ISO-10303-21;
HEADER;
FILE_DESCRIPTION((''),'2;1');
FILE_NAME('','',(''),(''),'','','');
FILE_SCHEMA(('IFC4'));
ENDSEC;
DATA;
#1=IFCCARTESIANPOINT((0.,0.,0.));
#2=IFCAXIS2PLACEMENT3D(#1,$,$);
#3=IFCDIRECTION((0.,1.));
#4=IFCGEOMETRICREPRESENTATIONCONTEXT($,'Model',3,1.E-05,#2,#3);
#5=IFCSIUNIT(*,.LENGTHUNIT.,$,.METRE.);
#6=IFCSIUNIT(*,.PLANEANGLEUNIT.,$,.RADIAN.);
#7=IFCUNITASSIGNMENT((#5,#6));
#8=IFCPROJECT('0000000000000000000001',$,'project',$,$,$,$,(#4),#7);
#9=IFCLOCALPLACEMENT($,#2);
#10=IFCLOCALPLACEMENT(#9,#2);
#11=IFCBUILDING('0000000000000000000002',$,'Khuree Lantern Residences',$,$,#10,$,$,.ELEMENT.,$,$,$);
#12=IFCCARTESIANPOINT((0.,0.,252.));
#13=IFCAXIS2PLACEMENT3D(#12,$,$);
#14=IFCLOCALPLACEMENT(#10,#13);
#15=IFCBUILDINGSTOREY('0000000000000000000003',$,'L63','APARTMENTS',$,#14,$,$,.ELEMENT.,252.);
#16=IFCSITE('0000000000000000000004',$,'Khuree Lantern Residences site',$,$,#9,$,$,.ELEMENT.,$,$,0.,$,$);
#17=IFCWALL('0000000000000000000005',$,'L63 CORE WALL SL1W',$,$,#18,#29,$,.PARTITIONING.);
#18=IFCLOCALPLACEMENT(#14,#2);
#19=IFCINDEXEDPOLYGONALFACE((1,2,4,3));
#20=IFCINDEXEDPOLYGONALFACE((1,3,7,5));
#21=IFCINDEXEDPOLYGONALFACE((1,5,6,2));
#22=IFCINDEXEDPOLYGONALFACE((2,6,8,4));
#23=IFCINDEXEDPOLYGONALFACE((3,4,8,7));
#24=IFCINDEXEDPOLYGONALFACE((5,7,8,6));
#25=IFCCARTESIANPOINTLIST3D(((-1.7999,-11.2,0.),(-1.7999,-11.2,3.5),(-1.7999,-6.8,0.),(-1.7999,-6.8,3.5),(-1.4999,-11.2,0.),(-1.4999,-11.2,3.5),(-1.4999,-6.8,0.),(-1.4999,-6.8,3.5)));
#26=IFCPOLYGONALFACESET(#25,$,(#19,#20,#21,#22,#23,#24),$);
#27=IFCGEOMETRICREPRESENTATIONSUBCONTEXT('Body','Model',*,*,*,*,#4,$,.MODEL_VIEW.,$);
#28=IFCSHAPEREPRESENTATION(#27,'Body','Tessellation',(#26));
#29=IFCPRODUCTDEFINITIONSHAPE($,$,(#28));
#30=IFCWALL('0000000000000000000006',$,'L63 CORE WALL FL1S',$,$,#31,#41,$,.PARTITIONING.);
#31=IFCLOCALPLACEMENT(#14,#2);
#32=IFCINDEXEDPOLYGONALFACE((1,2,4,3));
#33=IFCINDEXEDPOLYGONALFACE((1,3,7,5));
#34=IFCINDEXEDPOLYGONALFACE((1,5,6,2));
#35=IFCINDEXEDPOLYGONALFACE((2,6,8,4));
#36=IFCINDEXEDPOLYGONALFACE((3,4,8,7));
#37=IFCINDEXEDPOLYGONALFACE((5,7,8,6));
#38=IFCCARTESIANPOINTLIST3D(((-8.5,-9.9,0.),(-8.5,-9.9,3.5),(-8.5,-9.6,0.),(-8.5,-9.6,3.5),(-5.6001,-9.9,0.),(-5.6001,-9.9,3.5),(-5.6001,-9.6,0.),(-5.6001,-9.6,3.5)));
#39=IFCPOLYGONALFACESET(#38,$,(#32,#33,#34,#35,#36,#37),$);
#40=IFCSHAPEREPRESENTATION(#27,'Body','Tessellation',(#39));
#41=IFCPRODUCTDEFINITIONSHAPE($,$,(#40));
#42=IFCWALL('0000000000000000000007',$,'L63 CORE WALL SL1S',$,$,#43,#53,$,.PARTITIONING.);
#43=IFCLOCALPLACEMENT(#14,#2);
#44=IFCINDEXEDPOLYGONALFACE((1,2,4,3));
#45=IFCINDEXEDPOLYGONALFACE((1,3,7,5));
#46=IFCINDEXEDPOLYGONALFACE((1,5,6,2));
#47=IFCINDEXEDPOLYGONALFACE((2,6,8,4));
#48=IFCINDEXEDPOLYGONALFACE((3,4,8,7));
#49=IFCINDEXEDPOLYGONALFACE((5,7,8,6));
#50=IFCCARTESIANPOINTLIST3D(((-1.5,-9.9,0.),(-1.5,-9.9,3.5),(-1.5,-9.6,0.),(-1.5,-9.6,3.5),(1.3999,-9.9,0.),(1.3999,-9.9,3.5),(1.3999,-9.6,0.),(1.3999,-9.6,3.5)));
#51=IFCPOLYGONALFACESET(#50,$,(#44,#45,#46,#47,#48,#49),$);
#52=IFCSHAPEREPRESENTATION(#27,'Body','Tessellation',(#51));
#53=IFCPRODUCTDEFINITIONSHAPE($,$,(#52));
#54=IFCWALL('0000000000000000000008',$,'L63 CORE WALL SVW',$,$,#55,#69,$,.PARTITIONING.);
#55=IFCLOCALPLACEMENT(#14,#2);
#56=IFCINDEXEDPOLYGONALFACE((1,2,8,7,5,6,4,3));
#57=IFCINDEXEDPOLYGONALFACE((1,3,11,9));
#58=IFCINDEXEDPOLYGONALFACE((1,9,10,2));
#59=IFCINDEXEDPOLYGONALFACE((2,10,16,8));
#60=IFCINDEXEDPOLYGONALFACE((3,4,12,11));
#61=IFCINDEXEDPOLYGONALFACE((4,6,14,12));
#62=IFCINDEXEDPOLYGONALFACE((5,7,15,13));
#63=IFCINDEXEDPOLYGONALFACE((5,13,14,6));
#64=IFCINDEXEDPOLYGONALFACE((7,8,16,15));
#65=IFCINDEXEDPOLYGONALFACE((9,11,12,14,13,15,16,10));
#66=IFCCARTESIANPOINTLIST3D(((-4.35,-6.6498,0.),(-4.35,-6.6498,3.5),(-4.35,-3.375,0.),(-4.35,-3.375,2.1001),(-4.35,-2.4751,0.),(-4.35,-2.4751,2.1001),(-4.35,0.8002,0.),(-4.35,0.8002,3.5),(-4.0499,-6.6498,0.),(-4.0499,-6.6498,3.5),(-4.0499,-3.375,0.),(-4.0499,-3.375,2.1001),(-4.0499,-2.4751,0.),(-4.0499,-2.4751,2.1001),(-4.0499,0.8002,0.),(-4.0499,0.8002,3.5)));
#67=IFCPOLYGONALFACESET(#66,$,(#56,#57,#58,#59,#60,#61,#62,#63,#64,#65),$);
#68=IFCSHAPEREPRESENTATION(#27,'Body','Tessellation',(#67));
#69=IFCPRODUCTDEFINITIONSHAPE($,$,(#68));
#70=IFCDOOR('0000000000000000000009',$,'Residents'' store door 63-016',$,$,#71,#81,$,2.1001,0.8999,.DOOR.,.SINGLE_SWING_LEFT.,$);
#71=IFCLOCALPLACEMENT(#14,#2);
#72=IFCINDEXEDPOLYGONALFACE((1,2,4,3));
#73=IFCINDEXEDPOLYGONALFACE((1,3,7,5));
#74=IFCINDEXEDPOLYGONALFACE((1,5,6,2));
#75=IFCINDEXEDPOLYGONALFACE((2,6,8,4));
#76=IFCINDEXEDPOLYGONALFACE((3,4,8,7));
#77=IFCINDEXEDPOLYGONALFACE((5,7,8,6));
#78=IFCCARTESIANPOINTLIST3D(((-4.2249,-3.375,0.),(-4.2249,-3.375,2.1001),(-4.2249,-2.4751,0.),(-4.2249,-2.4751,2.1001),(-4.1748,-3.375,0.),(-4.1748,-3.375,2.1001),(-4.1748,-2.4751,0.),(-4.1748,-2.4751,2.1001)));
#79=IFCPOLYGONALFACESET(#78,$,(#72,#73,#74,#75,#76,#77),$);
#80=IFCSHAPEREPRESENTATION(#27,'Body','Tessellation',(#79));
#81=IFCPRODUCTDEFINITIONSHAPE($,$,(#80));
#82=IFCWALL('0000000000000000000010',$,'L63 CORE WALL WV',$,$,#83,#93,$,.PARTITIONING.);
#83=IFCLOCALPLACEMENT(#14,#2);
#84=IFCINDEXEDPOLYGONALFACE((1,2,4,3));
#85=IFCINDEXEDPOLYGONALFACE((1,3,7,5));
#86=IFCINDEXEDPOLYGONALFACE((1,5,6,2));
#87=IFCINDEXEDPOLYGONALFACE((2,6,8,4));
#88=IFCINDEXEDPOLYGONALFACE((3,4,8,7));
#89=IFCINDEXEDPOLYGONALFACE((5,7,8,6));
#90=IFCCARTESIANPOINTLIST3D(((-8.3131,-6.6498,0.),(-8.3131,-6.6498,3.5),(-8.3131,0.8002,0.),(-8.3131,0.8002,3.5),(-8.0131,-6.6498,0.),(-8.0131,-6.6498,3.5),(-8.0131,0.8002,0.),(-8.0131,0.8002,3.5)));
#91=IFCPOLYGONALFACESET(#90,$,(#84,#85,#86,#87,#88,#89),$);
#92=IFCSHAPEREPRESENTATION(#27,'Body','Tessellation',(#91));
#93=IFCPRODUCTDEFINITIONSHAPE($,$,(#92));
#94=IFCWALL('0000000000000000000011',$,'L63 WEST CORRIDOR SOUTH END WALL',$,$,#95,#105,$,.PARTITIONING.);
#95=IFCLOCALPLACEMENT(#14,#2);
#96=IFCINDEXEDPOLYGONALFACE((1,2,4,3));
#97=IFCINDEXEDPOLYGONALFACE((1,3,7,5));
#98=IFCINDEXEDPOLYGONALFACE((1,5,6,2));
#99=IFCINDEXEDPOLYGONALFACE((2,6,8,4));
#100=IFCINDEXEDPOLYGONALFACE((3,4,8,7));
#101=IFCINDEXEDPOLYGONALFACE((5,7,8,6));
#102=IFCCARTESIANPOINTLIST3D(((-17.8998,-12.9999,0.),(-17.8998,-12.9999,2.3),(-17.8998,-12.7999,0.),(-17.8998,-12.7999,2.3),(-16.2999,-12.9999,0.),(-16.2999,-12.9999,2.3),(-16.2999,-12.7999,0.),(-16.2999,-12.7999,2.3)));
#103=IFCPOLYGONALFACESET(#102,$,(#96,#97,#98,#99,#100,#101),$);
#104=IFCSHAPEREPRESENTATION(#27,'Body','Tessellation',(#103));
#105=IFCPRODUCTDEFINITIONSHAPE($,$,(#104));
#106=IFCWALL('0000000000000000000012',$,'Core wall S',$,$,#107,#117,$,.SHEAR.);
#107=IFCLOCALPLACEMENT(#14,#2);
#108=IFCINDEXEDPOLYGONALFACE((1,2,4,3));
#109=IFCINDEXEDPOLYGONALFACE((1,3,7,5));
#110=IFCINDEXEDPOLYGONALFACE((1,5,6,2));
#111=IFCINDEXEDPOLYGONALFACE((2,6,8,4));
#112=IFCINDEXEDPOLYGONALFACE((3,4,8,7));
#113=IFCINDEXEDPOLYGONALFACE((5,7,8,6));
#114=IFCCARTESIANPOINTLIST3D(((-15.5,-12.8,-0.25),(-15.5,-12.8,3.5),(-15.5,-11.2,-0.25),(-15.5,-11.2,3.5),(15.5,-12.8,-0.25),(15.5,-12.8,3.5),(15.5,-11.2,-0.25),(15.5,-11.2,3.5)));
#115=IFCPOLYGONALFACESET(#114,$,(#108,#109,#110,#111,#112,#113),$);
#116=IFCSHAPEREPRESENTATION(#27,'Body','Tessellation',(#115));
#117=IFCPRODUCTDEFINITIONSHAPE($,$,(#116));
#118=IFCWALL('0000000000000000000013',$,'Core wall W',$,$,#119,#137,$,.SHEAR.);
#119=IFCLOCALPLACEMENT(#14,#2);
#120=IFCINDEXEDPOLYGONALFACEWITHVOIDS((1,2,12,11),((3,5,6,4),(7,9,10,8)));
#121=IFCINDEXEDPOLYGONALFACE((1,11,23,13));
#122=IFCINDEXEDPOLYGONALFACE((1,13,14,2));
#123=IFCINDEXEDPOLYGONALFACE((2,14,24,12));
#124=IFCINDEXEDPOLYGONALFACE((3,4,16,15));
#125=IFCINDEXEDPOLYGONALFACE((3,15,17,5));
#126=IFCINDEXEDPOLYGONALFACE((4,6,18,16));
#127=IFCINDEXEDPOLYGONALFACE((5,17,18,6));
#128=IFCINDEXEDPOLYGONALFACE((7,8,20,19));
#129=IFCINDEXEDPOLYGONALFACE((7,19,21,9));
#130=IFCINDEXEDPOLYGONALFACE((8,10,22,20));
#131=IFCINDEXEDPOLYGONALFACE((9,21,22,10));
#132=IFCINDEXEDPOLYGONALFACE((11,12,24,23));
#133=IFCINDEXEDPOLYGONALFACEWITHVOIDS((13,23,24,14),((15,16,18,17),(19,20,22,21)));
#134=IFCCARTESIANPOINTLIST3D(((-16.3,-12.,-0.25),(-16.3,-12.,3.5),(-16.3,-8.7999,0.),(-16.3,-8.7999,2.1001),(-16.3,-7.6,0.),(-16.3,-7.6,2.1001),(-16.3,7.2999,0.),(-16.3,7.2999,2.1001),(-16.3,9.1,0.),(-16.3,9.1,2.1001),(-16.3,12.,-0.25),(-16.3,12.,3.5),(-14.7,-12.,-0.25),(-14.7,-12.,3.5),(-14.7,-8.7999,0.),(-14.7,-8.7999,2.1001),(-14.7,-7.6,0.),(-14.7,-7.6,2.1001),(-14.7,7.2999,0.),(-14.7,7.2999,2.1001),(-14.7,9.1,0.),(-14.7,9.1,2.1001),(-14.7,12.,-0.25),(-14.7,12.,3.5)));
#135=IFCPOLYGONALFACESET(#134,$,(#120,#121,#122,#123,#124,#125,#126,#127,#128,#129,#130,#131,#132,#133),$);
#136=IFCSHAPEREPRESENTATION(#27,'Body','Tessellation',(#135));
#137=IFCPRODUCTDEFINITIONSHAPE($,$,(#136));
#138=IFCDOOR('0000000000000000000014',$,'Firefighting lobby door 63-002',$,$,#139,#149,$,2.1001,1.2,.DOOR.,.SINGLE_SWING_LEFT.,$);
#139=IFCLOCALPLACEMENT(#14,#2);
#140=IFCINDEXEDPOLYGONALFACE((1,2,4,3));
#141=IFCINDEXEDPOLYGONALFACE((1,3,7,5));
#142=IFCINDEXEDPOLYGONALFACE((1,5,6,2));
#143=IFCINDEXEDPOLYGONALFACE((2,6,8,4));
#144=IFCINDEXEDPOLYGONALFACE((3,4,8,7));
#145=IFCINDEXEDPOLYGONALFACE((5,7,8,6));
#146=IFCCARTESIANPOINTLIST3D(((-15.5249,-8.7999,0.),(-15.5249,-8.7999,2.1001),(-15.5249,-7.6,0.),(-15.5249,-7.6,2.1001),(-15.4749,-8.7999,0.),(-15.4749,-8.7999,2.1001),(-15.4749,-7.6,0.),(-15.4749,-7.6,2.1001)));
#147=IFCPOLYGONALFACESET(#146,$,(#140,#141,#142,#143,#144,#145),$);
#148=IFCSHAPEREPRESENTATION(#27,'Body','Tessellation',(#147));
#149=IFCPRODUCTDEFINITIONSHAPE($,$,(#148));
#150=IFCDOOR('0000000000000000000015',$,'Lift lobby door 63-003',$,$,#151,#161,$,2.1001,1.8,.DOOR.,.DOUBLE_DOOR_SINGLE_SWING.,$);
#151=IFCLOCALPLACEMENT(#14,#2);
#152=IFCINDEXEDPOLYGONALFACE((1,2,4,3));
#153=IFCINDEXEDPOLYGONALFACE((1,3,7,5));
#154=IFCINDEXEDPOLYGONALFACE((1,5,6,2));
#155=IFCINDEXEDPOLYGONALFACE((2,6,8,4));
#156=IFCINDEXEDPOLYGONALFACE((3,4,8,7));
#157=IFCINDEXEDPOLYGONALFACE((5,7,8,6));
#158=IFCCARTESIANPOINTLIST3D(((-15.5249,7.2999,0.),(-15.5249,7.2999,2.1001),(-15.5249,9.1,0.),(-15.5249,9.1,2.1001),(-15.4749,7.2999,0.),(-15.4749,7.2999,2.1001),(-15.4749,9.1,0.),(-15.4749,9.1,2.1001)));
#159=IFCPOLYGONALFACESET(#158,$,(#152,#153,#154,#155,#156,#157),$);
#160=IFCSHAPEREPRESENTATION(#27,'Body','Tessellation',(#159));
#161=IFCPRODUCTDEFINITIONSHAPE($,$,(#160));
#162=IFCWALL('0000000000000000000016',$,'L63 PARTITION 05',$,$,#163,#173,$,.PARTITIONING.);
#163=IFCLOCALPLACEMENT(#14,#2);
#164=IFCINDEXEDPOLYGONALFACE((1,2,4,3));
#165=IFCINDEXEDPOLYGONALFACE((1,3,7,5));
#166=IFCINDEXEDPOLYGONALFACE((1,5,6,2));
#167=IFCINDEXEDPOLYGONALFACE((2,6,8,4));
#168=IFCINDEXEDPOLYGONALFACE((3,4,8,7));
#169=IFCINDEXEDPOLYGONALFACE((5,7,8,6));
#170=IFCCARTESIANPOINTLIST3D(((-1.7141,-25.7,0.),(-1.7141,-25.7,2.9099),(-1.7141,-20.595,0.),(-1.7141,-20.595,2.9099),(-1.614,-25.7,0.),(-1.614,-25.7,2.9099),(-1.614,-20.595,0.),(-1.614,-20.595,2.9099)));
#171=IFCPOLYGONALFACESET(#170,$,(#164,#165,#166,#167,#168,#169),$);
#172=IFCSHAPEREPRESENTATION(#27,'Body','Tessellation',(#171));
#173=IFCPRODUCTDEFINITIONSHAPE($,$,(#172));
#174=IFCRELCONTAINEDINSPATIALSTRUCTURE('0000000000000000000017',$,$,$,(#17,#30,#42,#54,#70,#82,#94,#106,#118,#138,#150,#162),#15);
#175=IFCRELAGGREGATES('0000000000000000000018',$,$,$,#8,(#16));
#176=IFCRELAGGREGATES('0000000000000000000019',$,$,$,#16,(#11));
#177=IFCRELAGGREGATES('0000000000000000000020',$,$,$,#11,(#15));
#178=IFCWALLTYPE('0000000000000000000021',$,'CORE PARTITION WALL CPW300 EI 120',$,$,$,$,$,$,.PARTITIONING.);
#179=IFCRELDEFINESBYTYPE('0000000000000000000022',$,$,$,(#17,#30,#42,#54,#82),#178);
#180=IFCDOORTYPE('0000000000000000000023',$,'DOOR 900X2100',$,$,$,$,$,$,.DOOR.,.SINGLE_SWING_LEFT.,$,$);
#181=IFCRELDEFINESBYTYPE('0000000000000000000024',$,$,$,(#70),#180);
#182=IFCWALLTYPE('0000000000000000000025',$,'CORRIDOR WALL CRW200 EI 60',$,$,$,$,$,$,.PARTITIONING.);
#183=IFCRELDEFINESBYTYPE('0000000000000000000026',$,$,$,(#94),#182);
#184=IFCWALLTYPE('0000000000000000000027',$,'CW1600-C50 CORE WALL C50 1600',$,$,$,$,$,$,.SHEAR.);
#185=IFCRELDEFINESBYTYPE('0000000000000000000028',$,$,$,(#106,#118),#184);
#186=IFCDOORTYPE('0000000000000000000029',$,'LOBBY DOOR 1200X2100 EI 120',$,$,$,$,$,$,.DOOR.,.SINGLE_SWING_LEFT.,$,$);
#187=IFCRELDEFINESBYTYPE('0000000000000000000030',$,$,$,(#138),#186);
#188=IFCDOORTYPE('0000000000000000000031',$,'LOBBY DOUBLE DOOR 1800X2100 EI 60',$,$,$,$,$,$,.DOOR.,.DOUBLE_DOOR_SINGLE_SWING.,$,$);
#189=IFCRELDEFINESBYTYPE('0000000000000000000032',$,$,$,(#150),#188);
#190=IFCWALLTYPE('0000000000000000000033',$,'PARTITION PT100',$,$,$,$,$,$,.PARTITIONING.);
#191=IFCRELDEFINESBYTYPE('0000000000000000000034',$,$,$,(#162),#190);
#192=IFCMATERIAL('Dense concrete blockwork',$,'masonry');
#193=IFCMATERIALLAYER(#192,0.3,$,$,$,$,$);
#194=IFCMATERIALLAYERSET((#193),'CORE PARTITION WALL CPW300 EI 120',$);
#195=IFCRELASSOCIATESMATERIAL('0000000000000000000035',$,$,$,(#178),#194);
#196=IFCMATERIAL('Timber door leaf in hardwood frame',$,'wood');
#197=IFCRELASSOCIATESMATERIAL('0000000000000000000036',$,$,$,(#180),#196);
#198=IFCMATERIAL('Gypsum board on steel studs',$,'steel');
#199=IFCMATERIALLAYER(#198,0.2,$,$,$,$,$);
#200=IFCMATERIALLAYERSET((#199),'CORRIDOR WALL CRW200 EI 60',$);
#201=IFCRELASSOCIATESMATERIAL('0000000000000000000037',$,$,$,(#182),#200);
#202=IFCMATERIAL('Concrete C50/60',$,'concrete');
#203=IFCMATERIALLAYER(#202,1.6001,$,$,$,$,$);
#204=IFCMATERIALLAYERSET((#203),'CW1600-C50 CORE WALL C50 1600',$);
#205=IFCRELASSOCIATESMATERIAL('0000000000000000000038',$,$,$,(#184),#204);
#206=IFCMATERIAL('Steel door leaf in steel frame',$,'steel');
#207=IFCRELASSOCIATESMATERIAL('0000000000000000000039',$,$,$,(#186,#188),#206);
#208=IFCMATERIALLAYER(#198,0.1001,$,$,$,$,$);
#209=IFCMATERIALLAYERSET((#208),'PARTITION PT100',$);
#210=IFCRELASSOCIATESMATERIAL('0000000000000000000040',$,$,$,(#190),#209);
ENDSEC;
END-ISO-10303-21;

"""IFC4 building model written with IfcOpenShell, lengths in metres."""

from ifc_helpers import new_model, si_unit, direction, frame, frame_2d, origin, place, context, subcontext, project, spatial, rectangle, extrude, material, layer, layer_set, type_object, element, fill, save


model = new_model("IFC4")

# Units and contexts
model_context = context("Model", 3, precision=1e-05, world=origin(), true_north=direction((0.0, 1.0)))
body_context = subcontext(model_context, "Body", "Model", "MODEL_VIEW")
ifc_project = project(units=[si_unit("LENGTHUNIT", "METRE"), si_unit("PLANEANGLEUNIT", "RADIAN")], contexts=[model_context])

# Site, building, storey
site_placement = place(None, origin())
site = spatial("IfcSite", under=ifc_project, at=site_placement, Name="Khuree Lantern Residences site", CompositionType="ELEMENT", RefElevation=0.0)
building_placement = place(site_placement, origin())
building = spatial("IfcBuilding", under=site, at=building_placement, Name="Khuree Lantern Residences", CompositionType="ELEMENT")
storey_placement = place(building_placement, frame((0.0, 0.0, 252.0)))
storey = spatial("IfcBuildingStorey", under=building, at=storey_placement, Name="L63", Description="APARTMENTS", CompositionType="ELEMENT", Elevation=252.0)

# Shared definitions
ifc_material_1 = material(Name="Concrete C50/60", Category="concrete")

# Shared definitions
ifc_material_2 = material(Name="Dense concrete blockwork", Category="masonry")
ifc_layer_1 = layer(ifc_material_2, 0.3)
ifc_layer_set_1 = layer_set([ifc_layer_1], Name="CORE PARTITION WALL CPW300 EI 120")
wall_type_1 = type_object("IfcWallType", Name="CORE PARTITION WALL CPW300 EI 120", PredefinedType="PARTITIONING", material=ifc_layer_set_1)

# Shared definitions
ifc_material_3 = material(Name="Steel door leaf in steel frame", Category="steel")

# Walls
for number, where, z_axis, x_axis, name in (
    (1, (-1.6499, -11.2, 0.0), (0.0, 0.0, 1.0), (0.0, 1.0, 0.0), "L63 CORE WALL SL1W"),
):
    element("IfcWall", number, at=place(storey_placement, frame(where, z_axis=z_axis, x_axis=x_axis)), inside=storey, type_object=wall_type_1, Name=name, PredefinedType="PARTITIONING", context=body_context, shape_type="SweptSolid", body=[
        extrude(rectangle(XDim=4.3999, YDim=0.3, at=frame_2d((2.2, 0.0))), origin(), (0.0, 0.0, 1.0), 3.5),
    ])
for number, where, z_axis, x_axis, name in (
    (2, (-8.5, -9.75, 0.0), (0.0, 0.0, 1.0), (1.0, 0.0, 0.0), "L63 CORE WALL FL1S"),
    (3, (-1.5, -9.75, 0.0), (0.0, 0.0, 1.0), (1.0, 0.0, 0.0), "L63 CORE WALL SL1S"),
):
    element("IfcWall", number, at=place(storey_placement, frame(where, z_axis=z_axis, x_axis=x_axis)), inside=storey, type_object=wall_type_1, Name=name, PredefinedType="PARTITIONING", context=body_context, shape_type="SweptSolid", body=[
        extrude(rectangle(XDim=2.8999, YDim=0.3, at=frame_2d((1.45, 0.0))), origin(), (0.0, 0.0, 1.0), 3.5),
    ])

# Wall, opening, door
wall_1_placement = place(storey_placement, frame((-4.2, -6.6499, 0.0), z_axis=(0.0, 0.0, 1.0), x_axis=(0.0, 1.0, 0.0)))
wall_1 = element("IfcWall", 4, at=wall_1_placement, inside=storey, type_object=wall_type_1, Name="L63 CORE WALL SVW", PredefinedType="PARTITIONING", context=body_context, shape_type="SweptSolid", body=[
    extrude(rectangle(XDim=7.45, YDim=0.3, at=frame_2d((3.7251, 0.0))), origin(), (0.0, 0.0, 1.0), 3.5),
])
opening_1_placement = place(wall_1_placement, frame((3.2749, 0.0, 0.0)))
opening_1 = element("IfcOpeningElement", 5, at=opening_1_placement, cuts=wall_1, PredefinedType="OPENING", context=body_context, shape_type="SweptSolid", body=[
    extrude(rectangle(XDim=0.8999, YDim=2.1001, at=frame_2d((0.45, 1.05))), frame((0.0, 0.1602, 0.0), z_axis=(0.0, -1.0, 0.0), x_axis=(1.0, 0.0, 0.0)), (0.0, 0.0, 1.0), 0.3201),
])
ifc_material_4 = material(Name="Timber door leaf in hardwood frame", Category="wood")
door_type_1 = type_object("IfcDoorType", Name="DOOR 900X2100", OperationType="SINGLE_SWING_LEFT", PredefinedType="DOOR", material=ifc_material_4)
door_1_placement = place(opening_1_placement, origin())
door_1 = element("IfcDoor", 6, at=door_1_placement, inside=storey, type_object=door_type_1, Name="Residents' store door 63-016", OperationType="SINGLE_SWING_LEFT", OverallHeight=2.1001, OverallWidth=0.8999, PredefinedType="DOOR", context=body_context, shape_type="SweptSolid", body=[
    extrude(rectangle(XDim=0.8999, YDim=2.1001, at=frame_2d((0.45, 1.05))), frame((0.0, 0.0249, 0.0), z_axis=(0.0, -1.0, 0.0), x_axis=(1.0, 0.0, 0.0)), (0.0, 0.0, 1.0), 0.05),
])
fill(opening_1, door_1)

# Walls
wall_2_placement = place(storey_placement, frame((-8.1631, -6.6499, 0.0), z_axis=(0.0, 0.0, 1.0), x_axis=(0.0, 1.0, 0.0)))
element("IfcWall", 7, at=wall_2_placement, inside=storey, type_object=wall_type_1, Name="L63 CORE WALL WV", PredefinedType="PARTITIONING", context=body_context, shape_type="SweptSolid", body=[
    extrude(rectangle(XDim=7.45, YDim=0.3, at=frame_2d((3.7251, 0.0))), origin(), (0.0, 0.0, 1.0), 3.5),
])
ifc_material_5 = material(Name="Gypsum board on steel studs", Category="steel")
ifc_layer_2 = layer(ifc_material_5, 0.2)
ifc_layer_set_2 = layer_set([ifc_layer_2], Name="CORRIDOR WALL CRW200 EI 60")
wall_type_2 = type_object("IfcWallType", Name="CORRIDOR WALL CRW200 EI 60", PredefinedType="PARTITIONING", material=ifc_layer_set_2)
wall_3_placement = place(storey_placement, frame((-16.3, -12.8999, 0.0), z_axis=(0.0, 0.0, 1.0), x_axis=(-1.0, 0.0, 0.0)))
element("IfcWall", 8, at=wall_3_placement, inside=storey, type_object=wall_type_2, Name="L63 WEST CORRIDOR SOUTH END WALL", PredefinedType="PARTITIONING", context=body_context, shape_type="SweptSolid", body=[
    extrude(rectangle(XDim=1.5999, YDim=0.2, at=frame_2d((0.7998, 0.0))), origin(), (0.0, 0.0, 1.0), 2.3),
])
ifc_layer_3 = layer(ifc_material_1, 1.6001)
ifc_layer_set_3 = layer_set([ifc_layer_3], Name="CW1600-C50 CORE WALL C50 1600")
wall_type_3 = type_object("IfcWallType", Name="CW1600-C50 CORE WALL C50 1600", PredefinedType="SHEAR", material=ifc_layer_set_3)
wall_4_placement = place(storey_placement, frame((-15.5, -12.0, -0.25), z_axis=(0.0, 0.0, 1.0), x_axis=(1.0, 0.0, 0.0)))
element("IfcWall", 9, at=wall_4_placement, inside=storey, type_object=wall_type_3, Name="Core wall S", PredefinedType="SHEAR", context=body_context, shape_type="SweptSolid", body=[
    extrude(rectangle(XDim=31.0, YDim=1.6001, at=frame_2d((15.5, 0.0))), origin(), (0.0, 0.0, 1.0), 3.75),
])

# Wall, openings, doors
wall_5_placement = place(storey_placement, frame((-15.5, -12.0, -0.25), z_axis=(0.0, 0.0, 1.0), x_axis=(0.0, 1.0, 0.0)))
wall_5 = element("IfcWall", 10, at=wall_5_placement, inside=storey, type_object=wall_type_3, Name="Core wall W", PredefinedType="SHEAR", context=body_context, shape_type="SweptSolid", body=[
    extrude(rectangle(XDim=24.0, YDim=1.6001, at=frame_2d((12.0, 0.0))), origin(), (0.0, 0.0, 1.0), 3.75),
])
opening_2_placement = place(wall_5_placement, frame((3.2, 0.0, 0.25)))
opening_2 = element("IfcOpeningElement", 11, at=opening_2_placement, cuts=wall_5, PredefinedType="OPENING", context=body_context, shape_type="SweptSolid", body=[
    extrude(rectangle(XDim=1.2, YDim=2.1001, at=frame_2d((0.6001, 1.05))), frame((0.0, 0.8101, 0.0), z_axis=(0.0, -1.0, 0.0), x_axis=(1.0, 0.0, 0.0)), (0.0, 0.0, 1.0), 1.6201),
])
opening_3_placement = place(wall_5_placement, frame((19.3, 0.0, 0.25)))
opening_3 = element("IfcOpeningElement", 12, at=opening_3_placement, cuts=wall_5, PredefinedType="OPENING", context=body_context, shape_type="SweptSolid", body=[
    extrude(rectangle(XDim=1.8, YDim=2.1001, at=frame_2d((0.8999, 1.05))), frame((0.0, 0.8101, 0.0), z_axis=(0.0, -1.0, 0.0), x_axis=(1.0, 0.0, 0.0)), (0.0, 0.0, 1.0), 1.6201),
])
door_type_2 = type_object("IfcDoorType", Name="LOBBY DOOR 1200X2100 EI 120", OperationType="SINGLE_SWING_LEFT", PredefinedType="DOOR", material=ifc_material_3)
door_2_placement = place(opening_2_placement, origin())
door_2 = element("IfcDoor", 13, at=door_2_placement, inside=storey, type_object=door_type_2, Name="Firefighting lobby door 63-002", OperationType="SINGLE_SWING_LEFT", OverallHeight=2.1001, OverallWidth=1.2, PredefinedType="DOOR", context=body_context, shape_type="SweptSolid", body=[
    extrude(rectangle(XDim=1.2, YDim=2.1001, at=frame_2d((0.6001, 1.05))), frame((0.0, 0.0249, 0.0), z_axis=(0.0, -1.0, 0.0), x_axis=(1.0, 0.0, 0.0)), (0.0, 0.0, 1.0), 0.05),
])
fill(opening_2, door_2)
door_type_3 = type_object("IfcDoorType", Name="LOBBY DOUBLE DOOR 1800X2100 EI 60", OperationType="DOUBLE_DOOR_SINGLE_SWING", PredefinedType="DOOR", material=ifc_material_3)
door_3_placement = place(opening_3_placement, origin())
door_3 = element("IfcDoor", 14, at=door_3_placement, inside=storey, type_object=door_type_3, Name="Lift lobby door 63-003", OperationType="DOUBLE_DOOR_SINGLE_SWING", OverallHeight=2.1001, OverallWidth=1.8, PredefinedType="DOOR", context=body_context, shape_type="SweptSolid", body=[
    extrude(rectangle(XDim=1.8, YDim=2.1001, at=frame_2d((0.8999, 1.05))), frame((0.0, 0.0249, 0.0), z_axis=(0.0, -1.0, 0.0), x_axis=(1.0, 0.0, 0.0)), (0.0, 0.0, 1.0), 0.05),
])
fill(opening_3, door_3)

# Wall
ifc_layer_4 = layer(ifc_material_5, 0.1001)
ifc_layer_set_4 = layer_set([ifc_layer_4], Name="PARTITION PT100")
wall_type_4 = type_object("IfcWallType", Name="PARTITION PT100", PredefinedType="PARTITIONING", material=ifc_layer_set_4)
wall_6_placement = place(storey_placement, frame((-1.6641, -20.595, 0.0), z_axis=(0.0, 0.0, 1.0), x_axis=(0.0, -1.0, 0.0)))
element("IfcWall", 15, at=wall_6_placement, inside=storey, type_object=wall_type_4, Name="L63 PARTITION 05", PredefinedType="PARTITIONING", context=body_context, shape_type="SweptSolid", body=[
    extrude(rectangle(XDim=5.105, YDim=0.1001, at=frame_2d((2.5525, 0.0))), origin(), (0.0, 0.0, 1.0), 2.9099),
])

save(model, "model.ifc")
